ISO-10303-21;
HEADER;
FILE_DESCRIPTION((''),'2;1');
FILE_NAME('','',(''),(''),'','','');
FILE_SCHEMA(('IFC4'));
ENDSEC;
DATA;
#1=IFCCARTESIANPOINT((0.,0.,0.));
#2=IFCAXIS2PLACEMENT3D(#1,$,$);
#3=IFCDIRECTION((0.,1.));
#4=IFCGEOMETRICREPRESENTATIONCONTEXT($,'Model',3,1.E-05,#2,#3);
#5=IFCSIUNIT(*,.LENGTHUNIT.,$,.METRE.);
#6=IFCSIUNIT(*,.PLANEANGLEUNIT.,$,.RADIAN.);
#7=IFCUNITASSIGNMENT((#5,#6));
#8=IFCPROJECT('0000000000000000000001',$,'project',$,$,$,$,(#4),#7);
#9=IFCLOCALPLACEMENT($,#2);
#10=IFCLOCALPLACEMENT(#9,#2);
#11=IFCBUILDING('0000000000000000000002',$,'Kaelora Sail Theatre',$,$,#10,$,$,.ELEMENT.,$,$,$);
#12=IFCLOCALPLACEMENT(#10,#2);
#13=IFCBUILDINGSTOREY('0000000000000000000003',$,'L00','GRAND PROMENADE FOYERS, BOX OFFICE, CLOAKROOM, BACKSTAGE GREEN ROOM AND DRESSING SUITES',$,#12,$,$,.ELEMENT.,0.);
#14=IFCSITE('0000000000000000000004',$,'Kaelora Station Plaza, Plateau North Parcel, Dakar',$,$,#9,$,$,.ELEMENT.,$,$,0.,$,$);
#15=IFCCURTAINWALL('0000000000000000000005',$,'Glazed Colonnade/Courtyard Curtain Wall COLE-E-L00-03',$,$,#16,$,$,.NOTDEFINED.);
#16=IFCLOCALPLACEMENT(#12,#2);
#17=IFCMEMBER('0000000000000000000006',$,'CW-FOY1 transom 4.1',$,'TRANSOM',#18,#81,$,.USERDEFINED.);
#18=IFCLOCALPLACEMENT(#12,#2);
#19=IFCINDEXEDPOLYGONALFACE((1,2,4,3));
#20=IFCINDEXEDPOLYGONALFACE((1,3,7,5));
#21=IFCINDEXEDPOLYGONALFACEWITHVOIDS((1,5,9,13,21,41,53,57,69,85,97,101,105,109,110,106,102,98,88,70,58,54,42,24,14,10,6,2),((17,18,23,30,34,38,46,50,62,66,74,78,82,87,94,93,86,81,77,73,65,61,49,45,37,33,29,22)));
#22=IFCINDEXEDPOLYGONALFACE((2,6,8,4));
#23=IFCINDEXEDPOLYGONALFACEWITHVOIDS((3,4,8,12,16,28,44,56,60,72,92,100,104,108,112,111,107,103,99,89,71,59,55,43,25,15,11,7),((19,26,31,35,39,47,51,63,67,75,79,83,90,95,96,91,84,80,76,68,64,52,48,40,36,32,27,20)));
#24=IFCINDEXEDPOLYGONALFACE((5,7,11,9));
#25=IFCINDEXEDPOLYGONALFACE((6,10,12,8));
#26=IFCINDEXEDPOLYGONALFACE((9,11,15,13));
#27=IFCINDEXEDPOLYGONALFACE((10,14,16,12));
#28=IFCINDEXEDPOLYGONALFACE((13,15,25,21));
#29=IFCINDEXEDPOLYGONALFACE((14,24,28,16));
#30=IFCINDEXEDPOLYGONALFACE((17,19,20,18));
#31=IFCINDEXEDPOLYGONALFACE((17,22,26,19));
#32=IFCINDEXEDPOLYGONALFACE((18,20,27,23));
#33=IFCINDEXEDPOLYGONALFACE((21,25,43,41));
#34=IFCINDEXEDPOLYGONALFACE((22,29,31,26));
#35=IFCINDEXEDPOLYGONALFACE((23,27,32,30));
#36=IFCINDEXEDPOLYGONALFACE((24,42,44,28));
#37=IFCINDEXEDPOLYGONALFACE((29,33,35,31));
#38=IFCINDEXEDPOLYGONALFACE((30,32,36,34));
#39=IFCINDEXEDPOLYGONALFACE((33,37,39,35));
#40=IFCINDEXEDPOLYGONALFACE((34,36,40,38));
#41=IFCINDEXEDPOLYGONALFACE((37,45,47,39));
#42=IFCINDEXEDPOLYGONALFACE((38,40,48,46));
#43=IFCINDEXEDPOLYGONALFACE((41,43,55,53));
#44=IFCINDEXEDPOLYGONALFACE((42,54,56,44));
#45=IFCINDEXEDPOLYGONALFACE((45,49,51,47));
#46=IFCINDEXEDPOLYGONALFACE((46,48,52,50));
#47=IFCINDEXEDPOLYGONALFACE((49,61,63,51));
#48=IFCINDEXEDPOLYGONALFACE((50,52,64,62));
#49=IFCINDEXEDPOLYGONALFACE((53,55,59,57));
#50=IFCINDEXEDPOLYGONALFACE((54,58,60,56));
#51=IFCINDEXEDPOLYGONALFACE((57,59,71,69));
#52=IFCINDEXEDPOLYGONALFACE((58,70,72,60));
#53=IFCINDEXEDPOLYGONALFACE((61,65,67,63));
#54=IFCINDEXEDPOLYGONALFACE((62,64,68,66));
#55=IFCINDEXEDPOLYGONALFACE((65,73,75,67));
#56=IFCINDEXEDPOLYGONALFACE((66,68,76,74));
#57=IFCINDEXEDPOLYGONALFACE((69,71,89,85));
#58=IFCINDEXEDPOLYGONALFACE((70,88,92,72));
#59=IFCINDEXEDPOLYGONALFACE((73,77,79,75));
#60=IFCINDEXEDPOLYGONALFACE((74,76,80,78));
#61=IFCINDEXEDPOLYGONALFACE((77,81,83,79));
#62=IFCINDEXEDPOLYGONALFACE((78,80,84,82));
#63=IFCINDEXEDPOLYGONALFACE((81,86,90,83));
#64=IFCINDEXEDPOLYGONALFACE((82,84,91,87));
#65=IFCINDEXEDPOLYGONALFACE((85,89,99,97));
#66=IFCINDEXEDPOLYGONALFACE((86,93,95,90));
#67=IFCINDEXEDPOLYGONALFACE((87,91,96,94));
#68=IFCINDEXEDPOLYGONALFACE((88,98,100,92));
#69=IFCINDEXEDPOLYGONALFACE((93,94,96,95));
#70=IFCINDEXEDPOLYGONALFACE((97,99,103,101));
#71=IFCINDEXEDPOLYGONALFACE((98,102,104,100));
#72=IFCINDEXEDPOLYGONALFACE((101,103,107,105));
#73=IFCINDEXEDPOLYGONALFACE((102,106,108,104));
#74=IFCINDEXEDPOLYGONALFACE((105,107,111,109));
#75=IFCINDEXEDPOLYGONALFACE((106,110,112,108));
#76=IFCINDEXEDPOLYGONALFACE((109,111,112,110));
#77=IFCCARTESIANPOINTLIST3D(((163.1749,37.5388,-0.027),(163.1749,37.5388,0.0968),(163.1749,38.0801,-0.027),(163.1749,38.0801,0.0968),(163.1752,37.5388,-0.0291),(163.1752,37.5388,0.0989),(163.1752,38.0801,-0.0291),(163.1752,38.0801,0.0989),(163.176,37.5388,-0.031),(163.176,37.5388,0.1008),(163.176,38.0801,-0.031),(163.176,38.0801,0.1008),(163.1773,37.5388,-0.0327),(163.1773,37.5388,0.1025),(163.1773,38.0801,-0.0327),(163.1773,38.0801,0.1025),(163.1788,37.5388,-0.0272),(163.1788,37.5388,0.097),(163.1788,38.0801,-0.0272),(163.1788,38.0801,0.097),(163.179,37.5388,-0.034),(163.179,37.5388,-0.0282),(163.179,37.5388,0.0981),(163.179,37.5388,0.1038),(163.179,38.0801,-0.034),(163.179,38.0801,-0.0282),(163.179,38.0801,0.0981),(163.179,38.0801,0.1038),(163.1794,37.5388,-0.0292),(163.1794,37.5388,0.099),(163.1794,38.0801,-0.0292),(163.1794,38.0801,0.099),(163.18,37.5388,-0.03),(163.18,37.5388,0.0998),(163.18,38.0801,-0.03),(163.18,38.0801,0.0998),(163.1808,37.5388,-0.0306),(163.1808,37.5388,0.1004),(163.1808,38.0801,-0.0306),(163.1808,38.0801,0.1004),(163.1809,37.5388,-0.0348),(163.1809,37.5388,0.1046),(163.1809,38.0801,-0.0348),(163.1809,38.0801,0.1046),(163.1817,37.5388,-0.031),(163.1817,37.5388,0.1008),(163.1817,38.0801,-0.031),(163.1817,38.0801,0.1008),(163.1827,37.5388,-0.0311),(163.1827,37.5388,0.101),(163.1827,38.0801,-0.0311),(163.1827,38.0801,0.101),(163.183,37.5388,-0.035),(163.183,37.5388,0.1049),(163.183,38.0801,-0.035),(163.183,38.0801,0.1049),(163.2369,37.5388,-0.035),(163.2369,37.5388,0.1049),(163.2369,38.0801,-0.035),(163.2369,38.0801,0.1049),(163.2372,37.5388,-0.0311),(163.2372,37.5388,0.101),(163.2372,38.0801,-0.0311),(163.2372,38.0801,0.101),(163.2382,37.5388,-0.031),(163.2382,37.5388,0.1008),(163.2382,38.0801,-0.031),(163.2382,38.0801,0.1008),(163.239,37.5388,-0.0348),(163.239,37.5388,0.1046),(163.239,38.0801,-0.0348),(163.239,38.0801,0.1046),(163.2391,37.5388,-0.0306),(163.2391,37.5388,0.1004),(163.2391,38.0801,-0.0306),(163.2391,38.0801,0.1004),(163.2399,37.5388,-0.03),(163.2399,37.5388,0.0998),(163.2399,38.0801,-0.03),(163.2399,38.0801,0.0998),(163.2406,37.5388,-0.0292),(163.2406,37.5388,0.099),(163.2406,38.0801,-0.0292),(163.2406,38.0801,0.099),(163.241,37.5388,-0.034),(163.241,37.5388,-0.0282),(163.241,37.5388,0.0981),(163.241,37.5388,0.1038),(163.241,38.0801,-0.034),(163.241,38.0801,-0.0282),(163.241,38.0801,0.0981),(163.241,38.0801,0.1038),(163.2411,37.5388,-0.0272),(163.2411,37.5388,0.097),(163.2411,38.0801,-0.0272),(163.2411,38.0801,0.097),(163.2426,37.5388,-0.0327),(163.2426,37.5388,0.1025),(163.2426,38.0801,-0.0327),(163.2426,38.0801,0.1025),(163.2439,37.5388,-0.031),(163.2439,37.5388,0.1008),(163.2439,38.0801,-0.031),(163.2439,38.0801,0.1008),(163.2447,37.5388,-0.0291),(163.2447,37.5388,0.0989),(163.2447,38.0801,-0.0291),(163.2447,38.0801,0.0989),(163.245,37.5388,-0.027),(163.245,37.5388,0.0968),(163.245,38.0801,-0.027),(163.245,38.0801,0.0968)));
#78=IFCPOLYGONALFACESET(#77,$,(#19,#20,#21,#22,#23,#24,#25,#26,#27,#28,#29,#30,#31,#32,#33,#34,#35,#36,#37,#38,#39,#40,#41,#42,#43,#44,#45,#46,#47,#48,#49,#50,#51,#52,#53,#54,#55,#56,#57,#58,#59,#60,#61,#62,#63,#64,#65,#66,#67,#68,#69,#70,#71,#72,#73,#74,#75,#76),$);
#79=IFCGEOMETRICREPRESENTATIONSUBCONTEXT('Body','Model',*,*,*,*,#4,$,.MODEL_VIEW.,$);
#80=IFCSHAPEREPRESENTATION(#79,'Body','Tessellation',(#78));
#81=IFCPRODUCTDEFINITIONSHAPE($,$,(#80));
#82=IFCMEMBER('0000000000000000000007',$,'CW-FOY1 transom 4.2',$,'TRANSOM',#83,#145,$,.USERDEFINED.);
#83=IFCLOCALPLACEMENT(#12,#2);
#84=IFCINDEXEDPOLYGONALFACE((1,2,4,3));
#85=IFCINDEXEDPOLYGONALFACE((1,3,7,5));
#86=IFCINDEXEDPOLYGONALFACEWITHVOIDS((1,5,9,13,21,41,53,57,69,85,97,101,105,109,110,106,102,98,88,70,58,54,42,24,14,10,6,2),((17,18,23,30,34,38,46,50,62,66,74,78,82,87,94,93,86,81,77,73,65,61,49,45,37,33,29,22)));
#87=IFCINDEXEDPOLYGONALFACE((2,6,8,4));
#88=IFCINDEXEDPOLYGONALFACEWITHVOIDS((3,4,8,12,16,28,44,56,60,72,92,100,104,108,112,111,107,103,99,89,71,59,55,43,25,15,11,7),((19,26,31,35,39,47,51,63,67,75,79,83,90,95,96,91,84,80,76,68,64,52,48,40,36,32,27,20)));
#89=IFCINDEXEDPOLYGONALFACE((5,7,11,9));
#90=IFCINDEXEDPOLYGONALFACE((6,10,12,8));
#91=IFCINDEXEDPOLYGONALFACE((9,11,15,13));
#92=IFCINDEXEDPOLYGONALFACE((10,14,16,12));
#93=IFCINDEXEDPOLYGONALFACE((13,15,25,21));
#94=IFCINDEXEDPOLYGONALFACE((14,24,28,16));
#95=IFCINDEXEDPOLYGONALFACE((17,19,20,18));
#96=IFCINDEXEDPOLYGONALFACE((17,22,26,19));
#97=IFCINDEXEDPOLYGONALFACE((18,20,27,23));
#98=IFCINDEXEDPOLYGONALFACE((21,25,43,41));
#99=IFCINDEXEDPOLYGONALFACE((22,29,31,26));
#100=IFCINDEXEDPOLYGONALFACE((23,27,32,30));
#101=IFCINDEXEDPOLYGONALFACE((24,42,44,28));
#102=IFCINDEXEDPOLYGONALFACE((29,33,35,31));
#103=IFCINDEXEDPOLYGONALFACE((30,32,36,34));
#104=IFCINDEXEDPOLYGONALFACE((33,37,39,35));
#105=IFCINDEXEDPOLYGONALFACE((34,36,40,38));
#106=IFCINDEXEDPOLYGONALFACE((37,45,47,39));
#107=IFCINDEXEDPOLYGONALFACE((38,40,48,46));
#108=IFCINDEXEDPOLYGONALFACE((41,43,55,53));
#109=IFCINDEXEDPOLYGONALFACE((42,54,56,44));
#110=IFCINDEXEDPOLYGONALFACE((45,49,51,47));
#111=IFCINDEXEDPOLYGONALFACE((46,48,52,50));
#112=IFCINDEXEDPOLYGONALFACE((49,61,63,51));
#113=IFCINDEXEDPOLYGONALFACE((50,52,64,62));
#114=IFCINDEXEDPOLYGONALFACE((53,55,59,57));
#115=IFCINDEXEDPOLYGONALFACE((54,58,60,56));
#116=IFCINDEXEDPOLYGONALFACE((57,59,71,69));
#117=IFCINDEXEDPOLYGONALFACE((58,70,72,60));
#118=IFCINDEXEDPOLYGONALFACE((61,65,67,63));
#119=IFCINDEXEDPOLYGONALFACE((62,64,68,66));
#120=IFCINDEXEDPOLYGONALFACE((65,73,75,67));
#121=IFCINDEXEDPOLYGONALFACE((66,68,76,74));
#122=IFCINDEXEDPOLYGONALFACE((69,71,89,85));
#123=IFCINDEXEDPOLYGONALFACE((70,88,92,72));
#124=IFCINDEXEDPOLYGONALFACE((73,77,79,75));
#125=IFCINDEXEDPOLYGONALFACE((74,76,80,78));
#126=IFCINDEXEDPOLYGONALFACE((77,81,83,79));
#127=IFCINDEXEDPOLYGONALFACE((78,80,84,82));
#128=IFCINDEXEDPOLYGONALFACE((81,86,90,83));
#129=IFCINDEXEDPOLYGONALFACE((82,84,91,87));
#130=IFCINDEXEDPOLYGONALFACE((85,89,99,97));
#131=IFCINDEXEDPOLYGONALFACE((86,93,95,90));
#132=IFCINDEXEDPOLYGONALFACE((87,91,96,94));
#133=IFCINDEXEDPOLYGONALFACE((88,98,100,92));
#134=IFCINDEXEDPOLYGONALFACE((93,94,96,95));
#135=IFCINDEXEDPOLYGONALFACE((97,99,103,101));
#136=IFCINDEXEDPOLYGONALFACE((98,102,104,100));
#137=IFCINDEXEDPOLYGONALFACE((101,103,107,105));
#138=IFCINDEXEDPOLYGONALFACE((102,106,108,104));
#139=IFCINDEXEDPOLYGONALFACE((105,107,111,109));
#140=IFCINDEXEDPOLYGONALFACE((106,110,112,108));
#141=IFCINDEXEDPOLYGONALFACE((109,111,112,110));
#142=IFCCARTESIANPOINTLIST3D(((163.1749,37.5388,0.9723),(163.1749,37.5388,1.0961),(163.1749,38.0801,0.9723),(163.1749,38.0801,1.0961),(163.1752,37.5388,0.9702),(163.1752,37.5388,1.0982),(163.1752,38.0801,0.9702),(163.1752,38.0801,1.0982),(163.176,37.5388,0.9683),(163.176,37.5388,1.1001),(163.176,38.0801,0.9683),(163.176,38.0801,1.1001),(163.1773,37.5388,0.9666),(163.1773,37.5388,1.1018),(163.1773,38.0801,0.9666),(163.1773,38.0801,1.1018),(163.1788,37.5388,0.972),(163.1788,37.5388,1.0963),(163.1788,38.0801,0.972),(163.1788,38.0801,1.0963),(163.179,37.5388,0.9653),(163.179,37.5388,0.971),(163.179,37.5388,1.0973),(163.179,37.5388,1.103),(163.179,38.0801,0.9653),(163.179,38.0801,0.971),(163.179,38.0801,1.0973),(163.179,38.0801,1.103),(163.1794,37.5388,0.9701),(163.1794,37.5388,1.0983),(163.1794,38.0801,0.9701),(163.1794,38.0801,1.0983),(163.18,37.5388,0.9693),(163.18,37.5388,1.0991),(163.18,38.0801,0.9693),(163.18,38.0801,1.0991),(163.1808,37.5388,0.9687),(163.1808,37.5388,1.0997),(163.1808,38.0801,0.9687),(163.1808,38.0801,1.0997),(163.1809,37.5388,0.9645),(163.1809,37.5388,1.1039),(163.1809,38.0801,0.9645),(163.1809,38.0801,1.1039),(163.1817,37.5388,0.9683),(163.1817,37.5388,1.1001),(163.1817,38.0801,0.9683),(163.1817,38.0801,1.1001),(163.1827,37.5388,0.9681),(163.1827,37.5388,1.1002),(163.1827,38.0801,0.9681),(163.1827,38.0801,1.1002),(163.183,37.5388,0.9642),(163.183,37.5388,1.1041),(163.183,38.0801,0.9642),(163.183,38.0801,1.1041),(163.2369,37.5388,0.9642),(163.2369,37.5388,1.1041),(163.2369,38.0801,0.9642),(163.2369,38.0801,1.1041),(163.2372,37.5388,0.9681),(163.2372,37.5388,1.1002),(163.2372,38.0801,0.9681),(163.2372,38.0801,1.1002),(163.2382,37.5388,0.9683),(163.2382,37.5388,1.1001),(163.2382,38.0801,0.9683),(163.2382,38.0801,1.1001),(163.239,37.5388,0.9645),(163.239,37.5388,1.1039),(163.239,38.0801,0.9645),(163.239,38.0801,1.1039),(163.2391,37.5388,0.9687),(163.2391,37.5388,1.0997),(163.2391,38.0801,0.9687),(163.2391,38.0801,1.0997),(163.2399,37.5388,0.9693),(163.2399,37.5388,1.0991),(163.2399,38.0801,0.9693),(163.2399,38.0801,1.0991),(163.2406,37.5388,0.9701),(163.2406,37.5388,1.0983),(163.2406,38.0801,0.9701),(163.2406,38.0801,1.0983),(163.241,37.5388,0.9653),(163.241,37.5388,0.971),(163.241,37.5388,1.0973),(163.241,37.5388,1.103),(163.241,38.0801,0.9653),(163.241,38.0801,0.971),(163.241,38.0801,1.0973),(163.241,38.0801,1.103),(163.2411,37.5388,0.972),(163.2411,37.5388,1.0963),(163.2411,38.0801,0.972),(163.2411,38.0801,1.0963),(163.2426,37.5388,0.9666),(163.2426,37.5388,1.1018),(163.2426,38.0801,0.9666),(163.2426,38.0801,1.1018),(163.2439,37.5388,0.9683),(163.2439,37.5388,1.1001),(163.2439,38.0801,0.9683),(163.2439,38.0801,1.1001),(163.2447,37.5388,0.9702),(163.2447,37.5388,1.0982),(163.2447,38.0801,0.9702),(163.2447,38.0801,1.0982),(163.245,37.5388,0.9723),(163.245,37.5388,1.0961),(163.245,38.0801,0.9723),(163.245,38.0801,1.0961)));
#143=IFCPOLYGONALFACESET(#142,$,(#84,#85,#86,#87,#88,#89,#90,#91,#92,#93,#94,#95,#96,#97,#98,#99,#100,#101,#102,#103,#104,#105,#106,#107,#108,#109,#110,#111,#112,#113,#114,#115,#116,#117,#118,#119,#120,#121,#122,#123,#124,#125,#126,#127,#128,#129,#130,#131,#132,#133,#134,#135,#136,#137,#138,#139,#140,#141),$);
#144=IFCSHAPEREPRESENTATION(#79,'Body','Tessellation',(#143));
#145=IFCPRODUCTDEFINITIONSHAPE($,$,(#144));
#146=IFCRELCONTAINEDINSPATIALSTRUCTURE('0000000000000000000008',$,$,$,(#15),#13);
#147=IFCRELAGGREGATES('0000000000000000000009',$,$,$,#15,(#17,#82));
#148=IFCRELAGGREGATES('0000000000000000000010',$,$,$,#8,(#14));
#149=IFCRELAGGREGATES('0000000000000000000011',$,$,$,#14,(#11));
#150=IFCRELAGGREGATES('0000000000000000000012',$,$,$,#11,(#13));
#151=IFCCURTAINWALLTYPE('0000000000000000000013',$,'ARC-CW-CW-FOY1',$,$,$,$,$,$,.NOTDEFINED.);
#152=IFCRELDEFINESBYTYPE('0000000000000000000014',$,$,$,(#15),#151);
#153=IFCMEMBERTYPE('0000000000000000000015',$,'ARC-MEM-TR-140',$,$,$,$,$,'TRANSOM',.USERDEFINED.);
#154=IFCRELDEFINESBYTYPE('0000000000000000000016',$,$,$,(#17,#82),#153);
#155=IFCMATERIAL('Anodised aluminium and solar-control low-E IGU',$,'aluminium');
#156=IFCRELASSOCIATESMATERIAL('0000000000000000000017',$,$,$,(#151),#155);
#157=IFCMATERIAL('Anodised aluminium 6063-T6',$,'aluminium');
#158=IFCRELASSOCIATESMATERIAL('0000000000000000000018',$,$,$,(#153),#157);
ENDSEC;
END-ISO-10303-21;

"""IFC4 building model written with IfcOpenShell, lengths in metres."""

from ifc_helpers import new_model, si_unit, direction, frame, origin, origin_2d, place, context, subcontext, project, spatial, hollow_rectangle, extrude, material, material_profile, profile_set, type_object, element, aggregate, save


model = new_model("IFC4")

# Units and contexts
model_context = context("Model", 3, precision=1e-05, world=origin(), true_north=direction((0.0, 1.0)))
body_context = subcontext(model_context, "Body", "Model", "MODEL_VIEW")
ifc_project = project(units=[si_unit("LENGTHUNIT", "METRE"), si_unit("PLANEANGLEUNIT", "RADIAN")], contexts=[model_context])

# Site, building, storey
site_placement = place(None, origin())
site = spatial("IfcSite", under=ifc_project, at=site_placement, Name="Kaelora Station Plaza, Plateau North Parcel, Dakar", CompositionType="ELEMENT", RefElevation=0.0)
building_placement = place(site_placement, origin())
building = spatial("IfcBuilding", under=site, at=building_placement, Name="Kaelora Sail Theatre", CompositionType="ELEMENT")
storey_placement = place(building_placement, origin())
storey = spatial("IfcBuildingStorey", under=building, at=storey_placement, Name="L00", Description="GRAND PROMENADE FOYERS, BOX OFFICE, CLOAKROOM, BACKSTAGE GREEN ROOM AND DRESSING SUITES", CompositionType="ELEMENT", Elevation=0.0)

# Curtain wall, members
ifc_material_1 = material(Name="Anodised aluminium and solar-control low-E IGU", Category="aluminium")
curtain_wall_type = type_object("IfcCurtainWallType", Name="ARC-CW-CW-FOY1", PredefinedType="NOTDEFINED", material=ifc_material_1)
curtain_wall_placement = place(storey_placement, origin())
curtain_wall = element("IfcCurtainWall", 1, at=curtain_wall_placement, inside=storey, type_object=curtain_wall_type, Name="Glazed Colonnade/Courtyard Curtain Wall COLE-E-L00-03", PredefinedType="NOTDEFINED")
ifc_material_2 = material(Name="Anodised aluminium 6063-T6", Category="aluminium")
ifc_material_profile_1 = material_profile(ifc_material_2, hollow_rectangle(XDim=0.0701, YDim=0.1399, WallThickness=0.0039, InnerFilletRadius=0.0039, OuterFilletRadius=0.0081, at=origin_2d()), Name="ALU-TRAN 70x140x4")
ifc_profile_set_1 = profile_set([ifc_material_profile_1], Name="Anodised aluminium 6063-T6")
member_type_1 = type_object("IfcMemberType", Name="ARC-MEM-TR-140", ElementType="TRANSOM", PredefinedType="USERDEFINED", material=ifc_profile_set_1)
member_1_placement = place(storey_placement, frame((163.21, 37.5388, 0.0349), z_axis=(0.0, 1.0, 0.0), x_axis=(-1.0, 0.0, 0.0)))
member_1 = element("IfcMember", 2, at=member_1_placement, type_object=member_type_1, Name="CW-FOY1 transom 4.1", ObjectType="TRANSOM", PredefinedType="USERDEFINED", context=body_context, shape_type="SweptSolid", body=[
    extrude(hollow_rectangle(XDim=0.0701, YDim=0.1399, WallThickness=0.0039, InnerFilletRadius=0.0039, OuterFilletRadius=0.0081, at=origin_2d()), origin(), (0.0, 0.0, 1.0), 0.5413),
])
member_2_placement = place(storey_placement, frame((163.21, 37.5388, 1.0342), z_axis=(0.0, 1.0, 0.0), x_axis=(-1.0, 0.0, 0.0)))
member_2 = element("IfcMember", 3, at=member_2_placement, type_object=member_type_1, Name="CW-FOY1 transom 4.2", ObjectType="TRANSOM", PredefinedType="USERDEFINED", context=body_context, shape_type="SweptSolid", body=[
    extrude(hollow_rectangle(XDim=0.0701, YDim=0.1399, WallThickness=0.0039, InnerFilletRadius=0.0039, OuterFilletRadius=0.0081, at=origin_2d()), origin(), (0.0, 0.0, 1.0), 0.5413),
])
aggregate(curtain_wall, [member_1, member_2])

save(model, "model.ifc")
